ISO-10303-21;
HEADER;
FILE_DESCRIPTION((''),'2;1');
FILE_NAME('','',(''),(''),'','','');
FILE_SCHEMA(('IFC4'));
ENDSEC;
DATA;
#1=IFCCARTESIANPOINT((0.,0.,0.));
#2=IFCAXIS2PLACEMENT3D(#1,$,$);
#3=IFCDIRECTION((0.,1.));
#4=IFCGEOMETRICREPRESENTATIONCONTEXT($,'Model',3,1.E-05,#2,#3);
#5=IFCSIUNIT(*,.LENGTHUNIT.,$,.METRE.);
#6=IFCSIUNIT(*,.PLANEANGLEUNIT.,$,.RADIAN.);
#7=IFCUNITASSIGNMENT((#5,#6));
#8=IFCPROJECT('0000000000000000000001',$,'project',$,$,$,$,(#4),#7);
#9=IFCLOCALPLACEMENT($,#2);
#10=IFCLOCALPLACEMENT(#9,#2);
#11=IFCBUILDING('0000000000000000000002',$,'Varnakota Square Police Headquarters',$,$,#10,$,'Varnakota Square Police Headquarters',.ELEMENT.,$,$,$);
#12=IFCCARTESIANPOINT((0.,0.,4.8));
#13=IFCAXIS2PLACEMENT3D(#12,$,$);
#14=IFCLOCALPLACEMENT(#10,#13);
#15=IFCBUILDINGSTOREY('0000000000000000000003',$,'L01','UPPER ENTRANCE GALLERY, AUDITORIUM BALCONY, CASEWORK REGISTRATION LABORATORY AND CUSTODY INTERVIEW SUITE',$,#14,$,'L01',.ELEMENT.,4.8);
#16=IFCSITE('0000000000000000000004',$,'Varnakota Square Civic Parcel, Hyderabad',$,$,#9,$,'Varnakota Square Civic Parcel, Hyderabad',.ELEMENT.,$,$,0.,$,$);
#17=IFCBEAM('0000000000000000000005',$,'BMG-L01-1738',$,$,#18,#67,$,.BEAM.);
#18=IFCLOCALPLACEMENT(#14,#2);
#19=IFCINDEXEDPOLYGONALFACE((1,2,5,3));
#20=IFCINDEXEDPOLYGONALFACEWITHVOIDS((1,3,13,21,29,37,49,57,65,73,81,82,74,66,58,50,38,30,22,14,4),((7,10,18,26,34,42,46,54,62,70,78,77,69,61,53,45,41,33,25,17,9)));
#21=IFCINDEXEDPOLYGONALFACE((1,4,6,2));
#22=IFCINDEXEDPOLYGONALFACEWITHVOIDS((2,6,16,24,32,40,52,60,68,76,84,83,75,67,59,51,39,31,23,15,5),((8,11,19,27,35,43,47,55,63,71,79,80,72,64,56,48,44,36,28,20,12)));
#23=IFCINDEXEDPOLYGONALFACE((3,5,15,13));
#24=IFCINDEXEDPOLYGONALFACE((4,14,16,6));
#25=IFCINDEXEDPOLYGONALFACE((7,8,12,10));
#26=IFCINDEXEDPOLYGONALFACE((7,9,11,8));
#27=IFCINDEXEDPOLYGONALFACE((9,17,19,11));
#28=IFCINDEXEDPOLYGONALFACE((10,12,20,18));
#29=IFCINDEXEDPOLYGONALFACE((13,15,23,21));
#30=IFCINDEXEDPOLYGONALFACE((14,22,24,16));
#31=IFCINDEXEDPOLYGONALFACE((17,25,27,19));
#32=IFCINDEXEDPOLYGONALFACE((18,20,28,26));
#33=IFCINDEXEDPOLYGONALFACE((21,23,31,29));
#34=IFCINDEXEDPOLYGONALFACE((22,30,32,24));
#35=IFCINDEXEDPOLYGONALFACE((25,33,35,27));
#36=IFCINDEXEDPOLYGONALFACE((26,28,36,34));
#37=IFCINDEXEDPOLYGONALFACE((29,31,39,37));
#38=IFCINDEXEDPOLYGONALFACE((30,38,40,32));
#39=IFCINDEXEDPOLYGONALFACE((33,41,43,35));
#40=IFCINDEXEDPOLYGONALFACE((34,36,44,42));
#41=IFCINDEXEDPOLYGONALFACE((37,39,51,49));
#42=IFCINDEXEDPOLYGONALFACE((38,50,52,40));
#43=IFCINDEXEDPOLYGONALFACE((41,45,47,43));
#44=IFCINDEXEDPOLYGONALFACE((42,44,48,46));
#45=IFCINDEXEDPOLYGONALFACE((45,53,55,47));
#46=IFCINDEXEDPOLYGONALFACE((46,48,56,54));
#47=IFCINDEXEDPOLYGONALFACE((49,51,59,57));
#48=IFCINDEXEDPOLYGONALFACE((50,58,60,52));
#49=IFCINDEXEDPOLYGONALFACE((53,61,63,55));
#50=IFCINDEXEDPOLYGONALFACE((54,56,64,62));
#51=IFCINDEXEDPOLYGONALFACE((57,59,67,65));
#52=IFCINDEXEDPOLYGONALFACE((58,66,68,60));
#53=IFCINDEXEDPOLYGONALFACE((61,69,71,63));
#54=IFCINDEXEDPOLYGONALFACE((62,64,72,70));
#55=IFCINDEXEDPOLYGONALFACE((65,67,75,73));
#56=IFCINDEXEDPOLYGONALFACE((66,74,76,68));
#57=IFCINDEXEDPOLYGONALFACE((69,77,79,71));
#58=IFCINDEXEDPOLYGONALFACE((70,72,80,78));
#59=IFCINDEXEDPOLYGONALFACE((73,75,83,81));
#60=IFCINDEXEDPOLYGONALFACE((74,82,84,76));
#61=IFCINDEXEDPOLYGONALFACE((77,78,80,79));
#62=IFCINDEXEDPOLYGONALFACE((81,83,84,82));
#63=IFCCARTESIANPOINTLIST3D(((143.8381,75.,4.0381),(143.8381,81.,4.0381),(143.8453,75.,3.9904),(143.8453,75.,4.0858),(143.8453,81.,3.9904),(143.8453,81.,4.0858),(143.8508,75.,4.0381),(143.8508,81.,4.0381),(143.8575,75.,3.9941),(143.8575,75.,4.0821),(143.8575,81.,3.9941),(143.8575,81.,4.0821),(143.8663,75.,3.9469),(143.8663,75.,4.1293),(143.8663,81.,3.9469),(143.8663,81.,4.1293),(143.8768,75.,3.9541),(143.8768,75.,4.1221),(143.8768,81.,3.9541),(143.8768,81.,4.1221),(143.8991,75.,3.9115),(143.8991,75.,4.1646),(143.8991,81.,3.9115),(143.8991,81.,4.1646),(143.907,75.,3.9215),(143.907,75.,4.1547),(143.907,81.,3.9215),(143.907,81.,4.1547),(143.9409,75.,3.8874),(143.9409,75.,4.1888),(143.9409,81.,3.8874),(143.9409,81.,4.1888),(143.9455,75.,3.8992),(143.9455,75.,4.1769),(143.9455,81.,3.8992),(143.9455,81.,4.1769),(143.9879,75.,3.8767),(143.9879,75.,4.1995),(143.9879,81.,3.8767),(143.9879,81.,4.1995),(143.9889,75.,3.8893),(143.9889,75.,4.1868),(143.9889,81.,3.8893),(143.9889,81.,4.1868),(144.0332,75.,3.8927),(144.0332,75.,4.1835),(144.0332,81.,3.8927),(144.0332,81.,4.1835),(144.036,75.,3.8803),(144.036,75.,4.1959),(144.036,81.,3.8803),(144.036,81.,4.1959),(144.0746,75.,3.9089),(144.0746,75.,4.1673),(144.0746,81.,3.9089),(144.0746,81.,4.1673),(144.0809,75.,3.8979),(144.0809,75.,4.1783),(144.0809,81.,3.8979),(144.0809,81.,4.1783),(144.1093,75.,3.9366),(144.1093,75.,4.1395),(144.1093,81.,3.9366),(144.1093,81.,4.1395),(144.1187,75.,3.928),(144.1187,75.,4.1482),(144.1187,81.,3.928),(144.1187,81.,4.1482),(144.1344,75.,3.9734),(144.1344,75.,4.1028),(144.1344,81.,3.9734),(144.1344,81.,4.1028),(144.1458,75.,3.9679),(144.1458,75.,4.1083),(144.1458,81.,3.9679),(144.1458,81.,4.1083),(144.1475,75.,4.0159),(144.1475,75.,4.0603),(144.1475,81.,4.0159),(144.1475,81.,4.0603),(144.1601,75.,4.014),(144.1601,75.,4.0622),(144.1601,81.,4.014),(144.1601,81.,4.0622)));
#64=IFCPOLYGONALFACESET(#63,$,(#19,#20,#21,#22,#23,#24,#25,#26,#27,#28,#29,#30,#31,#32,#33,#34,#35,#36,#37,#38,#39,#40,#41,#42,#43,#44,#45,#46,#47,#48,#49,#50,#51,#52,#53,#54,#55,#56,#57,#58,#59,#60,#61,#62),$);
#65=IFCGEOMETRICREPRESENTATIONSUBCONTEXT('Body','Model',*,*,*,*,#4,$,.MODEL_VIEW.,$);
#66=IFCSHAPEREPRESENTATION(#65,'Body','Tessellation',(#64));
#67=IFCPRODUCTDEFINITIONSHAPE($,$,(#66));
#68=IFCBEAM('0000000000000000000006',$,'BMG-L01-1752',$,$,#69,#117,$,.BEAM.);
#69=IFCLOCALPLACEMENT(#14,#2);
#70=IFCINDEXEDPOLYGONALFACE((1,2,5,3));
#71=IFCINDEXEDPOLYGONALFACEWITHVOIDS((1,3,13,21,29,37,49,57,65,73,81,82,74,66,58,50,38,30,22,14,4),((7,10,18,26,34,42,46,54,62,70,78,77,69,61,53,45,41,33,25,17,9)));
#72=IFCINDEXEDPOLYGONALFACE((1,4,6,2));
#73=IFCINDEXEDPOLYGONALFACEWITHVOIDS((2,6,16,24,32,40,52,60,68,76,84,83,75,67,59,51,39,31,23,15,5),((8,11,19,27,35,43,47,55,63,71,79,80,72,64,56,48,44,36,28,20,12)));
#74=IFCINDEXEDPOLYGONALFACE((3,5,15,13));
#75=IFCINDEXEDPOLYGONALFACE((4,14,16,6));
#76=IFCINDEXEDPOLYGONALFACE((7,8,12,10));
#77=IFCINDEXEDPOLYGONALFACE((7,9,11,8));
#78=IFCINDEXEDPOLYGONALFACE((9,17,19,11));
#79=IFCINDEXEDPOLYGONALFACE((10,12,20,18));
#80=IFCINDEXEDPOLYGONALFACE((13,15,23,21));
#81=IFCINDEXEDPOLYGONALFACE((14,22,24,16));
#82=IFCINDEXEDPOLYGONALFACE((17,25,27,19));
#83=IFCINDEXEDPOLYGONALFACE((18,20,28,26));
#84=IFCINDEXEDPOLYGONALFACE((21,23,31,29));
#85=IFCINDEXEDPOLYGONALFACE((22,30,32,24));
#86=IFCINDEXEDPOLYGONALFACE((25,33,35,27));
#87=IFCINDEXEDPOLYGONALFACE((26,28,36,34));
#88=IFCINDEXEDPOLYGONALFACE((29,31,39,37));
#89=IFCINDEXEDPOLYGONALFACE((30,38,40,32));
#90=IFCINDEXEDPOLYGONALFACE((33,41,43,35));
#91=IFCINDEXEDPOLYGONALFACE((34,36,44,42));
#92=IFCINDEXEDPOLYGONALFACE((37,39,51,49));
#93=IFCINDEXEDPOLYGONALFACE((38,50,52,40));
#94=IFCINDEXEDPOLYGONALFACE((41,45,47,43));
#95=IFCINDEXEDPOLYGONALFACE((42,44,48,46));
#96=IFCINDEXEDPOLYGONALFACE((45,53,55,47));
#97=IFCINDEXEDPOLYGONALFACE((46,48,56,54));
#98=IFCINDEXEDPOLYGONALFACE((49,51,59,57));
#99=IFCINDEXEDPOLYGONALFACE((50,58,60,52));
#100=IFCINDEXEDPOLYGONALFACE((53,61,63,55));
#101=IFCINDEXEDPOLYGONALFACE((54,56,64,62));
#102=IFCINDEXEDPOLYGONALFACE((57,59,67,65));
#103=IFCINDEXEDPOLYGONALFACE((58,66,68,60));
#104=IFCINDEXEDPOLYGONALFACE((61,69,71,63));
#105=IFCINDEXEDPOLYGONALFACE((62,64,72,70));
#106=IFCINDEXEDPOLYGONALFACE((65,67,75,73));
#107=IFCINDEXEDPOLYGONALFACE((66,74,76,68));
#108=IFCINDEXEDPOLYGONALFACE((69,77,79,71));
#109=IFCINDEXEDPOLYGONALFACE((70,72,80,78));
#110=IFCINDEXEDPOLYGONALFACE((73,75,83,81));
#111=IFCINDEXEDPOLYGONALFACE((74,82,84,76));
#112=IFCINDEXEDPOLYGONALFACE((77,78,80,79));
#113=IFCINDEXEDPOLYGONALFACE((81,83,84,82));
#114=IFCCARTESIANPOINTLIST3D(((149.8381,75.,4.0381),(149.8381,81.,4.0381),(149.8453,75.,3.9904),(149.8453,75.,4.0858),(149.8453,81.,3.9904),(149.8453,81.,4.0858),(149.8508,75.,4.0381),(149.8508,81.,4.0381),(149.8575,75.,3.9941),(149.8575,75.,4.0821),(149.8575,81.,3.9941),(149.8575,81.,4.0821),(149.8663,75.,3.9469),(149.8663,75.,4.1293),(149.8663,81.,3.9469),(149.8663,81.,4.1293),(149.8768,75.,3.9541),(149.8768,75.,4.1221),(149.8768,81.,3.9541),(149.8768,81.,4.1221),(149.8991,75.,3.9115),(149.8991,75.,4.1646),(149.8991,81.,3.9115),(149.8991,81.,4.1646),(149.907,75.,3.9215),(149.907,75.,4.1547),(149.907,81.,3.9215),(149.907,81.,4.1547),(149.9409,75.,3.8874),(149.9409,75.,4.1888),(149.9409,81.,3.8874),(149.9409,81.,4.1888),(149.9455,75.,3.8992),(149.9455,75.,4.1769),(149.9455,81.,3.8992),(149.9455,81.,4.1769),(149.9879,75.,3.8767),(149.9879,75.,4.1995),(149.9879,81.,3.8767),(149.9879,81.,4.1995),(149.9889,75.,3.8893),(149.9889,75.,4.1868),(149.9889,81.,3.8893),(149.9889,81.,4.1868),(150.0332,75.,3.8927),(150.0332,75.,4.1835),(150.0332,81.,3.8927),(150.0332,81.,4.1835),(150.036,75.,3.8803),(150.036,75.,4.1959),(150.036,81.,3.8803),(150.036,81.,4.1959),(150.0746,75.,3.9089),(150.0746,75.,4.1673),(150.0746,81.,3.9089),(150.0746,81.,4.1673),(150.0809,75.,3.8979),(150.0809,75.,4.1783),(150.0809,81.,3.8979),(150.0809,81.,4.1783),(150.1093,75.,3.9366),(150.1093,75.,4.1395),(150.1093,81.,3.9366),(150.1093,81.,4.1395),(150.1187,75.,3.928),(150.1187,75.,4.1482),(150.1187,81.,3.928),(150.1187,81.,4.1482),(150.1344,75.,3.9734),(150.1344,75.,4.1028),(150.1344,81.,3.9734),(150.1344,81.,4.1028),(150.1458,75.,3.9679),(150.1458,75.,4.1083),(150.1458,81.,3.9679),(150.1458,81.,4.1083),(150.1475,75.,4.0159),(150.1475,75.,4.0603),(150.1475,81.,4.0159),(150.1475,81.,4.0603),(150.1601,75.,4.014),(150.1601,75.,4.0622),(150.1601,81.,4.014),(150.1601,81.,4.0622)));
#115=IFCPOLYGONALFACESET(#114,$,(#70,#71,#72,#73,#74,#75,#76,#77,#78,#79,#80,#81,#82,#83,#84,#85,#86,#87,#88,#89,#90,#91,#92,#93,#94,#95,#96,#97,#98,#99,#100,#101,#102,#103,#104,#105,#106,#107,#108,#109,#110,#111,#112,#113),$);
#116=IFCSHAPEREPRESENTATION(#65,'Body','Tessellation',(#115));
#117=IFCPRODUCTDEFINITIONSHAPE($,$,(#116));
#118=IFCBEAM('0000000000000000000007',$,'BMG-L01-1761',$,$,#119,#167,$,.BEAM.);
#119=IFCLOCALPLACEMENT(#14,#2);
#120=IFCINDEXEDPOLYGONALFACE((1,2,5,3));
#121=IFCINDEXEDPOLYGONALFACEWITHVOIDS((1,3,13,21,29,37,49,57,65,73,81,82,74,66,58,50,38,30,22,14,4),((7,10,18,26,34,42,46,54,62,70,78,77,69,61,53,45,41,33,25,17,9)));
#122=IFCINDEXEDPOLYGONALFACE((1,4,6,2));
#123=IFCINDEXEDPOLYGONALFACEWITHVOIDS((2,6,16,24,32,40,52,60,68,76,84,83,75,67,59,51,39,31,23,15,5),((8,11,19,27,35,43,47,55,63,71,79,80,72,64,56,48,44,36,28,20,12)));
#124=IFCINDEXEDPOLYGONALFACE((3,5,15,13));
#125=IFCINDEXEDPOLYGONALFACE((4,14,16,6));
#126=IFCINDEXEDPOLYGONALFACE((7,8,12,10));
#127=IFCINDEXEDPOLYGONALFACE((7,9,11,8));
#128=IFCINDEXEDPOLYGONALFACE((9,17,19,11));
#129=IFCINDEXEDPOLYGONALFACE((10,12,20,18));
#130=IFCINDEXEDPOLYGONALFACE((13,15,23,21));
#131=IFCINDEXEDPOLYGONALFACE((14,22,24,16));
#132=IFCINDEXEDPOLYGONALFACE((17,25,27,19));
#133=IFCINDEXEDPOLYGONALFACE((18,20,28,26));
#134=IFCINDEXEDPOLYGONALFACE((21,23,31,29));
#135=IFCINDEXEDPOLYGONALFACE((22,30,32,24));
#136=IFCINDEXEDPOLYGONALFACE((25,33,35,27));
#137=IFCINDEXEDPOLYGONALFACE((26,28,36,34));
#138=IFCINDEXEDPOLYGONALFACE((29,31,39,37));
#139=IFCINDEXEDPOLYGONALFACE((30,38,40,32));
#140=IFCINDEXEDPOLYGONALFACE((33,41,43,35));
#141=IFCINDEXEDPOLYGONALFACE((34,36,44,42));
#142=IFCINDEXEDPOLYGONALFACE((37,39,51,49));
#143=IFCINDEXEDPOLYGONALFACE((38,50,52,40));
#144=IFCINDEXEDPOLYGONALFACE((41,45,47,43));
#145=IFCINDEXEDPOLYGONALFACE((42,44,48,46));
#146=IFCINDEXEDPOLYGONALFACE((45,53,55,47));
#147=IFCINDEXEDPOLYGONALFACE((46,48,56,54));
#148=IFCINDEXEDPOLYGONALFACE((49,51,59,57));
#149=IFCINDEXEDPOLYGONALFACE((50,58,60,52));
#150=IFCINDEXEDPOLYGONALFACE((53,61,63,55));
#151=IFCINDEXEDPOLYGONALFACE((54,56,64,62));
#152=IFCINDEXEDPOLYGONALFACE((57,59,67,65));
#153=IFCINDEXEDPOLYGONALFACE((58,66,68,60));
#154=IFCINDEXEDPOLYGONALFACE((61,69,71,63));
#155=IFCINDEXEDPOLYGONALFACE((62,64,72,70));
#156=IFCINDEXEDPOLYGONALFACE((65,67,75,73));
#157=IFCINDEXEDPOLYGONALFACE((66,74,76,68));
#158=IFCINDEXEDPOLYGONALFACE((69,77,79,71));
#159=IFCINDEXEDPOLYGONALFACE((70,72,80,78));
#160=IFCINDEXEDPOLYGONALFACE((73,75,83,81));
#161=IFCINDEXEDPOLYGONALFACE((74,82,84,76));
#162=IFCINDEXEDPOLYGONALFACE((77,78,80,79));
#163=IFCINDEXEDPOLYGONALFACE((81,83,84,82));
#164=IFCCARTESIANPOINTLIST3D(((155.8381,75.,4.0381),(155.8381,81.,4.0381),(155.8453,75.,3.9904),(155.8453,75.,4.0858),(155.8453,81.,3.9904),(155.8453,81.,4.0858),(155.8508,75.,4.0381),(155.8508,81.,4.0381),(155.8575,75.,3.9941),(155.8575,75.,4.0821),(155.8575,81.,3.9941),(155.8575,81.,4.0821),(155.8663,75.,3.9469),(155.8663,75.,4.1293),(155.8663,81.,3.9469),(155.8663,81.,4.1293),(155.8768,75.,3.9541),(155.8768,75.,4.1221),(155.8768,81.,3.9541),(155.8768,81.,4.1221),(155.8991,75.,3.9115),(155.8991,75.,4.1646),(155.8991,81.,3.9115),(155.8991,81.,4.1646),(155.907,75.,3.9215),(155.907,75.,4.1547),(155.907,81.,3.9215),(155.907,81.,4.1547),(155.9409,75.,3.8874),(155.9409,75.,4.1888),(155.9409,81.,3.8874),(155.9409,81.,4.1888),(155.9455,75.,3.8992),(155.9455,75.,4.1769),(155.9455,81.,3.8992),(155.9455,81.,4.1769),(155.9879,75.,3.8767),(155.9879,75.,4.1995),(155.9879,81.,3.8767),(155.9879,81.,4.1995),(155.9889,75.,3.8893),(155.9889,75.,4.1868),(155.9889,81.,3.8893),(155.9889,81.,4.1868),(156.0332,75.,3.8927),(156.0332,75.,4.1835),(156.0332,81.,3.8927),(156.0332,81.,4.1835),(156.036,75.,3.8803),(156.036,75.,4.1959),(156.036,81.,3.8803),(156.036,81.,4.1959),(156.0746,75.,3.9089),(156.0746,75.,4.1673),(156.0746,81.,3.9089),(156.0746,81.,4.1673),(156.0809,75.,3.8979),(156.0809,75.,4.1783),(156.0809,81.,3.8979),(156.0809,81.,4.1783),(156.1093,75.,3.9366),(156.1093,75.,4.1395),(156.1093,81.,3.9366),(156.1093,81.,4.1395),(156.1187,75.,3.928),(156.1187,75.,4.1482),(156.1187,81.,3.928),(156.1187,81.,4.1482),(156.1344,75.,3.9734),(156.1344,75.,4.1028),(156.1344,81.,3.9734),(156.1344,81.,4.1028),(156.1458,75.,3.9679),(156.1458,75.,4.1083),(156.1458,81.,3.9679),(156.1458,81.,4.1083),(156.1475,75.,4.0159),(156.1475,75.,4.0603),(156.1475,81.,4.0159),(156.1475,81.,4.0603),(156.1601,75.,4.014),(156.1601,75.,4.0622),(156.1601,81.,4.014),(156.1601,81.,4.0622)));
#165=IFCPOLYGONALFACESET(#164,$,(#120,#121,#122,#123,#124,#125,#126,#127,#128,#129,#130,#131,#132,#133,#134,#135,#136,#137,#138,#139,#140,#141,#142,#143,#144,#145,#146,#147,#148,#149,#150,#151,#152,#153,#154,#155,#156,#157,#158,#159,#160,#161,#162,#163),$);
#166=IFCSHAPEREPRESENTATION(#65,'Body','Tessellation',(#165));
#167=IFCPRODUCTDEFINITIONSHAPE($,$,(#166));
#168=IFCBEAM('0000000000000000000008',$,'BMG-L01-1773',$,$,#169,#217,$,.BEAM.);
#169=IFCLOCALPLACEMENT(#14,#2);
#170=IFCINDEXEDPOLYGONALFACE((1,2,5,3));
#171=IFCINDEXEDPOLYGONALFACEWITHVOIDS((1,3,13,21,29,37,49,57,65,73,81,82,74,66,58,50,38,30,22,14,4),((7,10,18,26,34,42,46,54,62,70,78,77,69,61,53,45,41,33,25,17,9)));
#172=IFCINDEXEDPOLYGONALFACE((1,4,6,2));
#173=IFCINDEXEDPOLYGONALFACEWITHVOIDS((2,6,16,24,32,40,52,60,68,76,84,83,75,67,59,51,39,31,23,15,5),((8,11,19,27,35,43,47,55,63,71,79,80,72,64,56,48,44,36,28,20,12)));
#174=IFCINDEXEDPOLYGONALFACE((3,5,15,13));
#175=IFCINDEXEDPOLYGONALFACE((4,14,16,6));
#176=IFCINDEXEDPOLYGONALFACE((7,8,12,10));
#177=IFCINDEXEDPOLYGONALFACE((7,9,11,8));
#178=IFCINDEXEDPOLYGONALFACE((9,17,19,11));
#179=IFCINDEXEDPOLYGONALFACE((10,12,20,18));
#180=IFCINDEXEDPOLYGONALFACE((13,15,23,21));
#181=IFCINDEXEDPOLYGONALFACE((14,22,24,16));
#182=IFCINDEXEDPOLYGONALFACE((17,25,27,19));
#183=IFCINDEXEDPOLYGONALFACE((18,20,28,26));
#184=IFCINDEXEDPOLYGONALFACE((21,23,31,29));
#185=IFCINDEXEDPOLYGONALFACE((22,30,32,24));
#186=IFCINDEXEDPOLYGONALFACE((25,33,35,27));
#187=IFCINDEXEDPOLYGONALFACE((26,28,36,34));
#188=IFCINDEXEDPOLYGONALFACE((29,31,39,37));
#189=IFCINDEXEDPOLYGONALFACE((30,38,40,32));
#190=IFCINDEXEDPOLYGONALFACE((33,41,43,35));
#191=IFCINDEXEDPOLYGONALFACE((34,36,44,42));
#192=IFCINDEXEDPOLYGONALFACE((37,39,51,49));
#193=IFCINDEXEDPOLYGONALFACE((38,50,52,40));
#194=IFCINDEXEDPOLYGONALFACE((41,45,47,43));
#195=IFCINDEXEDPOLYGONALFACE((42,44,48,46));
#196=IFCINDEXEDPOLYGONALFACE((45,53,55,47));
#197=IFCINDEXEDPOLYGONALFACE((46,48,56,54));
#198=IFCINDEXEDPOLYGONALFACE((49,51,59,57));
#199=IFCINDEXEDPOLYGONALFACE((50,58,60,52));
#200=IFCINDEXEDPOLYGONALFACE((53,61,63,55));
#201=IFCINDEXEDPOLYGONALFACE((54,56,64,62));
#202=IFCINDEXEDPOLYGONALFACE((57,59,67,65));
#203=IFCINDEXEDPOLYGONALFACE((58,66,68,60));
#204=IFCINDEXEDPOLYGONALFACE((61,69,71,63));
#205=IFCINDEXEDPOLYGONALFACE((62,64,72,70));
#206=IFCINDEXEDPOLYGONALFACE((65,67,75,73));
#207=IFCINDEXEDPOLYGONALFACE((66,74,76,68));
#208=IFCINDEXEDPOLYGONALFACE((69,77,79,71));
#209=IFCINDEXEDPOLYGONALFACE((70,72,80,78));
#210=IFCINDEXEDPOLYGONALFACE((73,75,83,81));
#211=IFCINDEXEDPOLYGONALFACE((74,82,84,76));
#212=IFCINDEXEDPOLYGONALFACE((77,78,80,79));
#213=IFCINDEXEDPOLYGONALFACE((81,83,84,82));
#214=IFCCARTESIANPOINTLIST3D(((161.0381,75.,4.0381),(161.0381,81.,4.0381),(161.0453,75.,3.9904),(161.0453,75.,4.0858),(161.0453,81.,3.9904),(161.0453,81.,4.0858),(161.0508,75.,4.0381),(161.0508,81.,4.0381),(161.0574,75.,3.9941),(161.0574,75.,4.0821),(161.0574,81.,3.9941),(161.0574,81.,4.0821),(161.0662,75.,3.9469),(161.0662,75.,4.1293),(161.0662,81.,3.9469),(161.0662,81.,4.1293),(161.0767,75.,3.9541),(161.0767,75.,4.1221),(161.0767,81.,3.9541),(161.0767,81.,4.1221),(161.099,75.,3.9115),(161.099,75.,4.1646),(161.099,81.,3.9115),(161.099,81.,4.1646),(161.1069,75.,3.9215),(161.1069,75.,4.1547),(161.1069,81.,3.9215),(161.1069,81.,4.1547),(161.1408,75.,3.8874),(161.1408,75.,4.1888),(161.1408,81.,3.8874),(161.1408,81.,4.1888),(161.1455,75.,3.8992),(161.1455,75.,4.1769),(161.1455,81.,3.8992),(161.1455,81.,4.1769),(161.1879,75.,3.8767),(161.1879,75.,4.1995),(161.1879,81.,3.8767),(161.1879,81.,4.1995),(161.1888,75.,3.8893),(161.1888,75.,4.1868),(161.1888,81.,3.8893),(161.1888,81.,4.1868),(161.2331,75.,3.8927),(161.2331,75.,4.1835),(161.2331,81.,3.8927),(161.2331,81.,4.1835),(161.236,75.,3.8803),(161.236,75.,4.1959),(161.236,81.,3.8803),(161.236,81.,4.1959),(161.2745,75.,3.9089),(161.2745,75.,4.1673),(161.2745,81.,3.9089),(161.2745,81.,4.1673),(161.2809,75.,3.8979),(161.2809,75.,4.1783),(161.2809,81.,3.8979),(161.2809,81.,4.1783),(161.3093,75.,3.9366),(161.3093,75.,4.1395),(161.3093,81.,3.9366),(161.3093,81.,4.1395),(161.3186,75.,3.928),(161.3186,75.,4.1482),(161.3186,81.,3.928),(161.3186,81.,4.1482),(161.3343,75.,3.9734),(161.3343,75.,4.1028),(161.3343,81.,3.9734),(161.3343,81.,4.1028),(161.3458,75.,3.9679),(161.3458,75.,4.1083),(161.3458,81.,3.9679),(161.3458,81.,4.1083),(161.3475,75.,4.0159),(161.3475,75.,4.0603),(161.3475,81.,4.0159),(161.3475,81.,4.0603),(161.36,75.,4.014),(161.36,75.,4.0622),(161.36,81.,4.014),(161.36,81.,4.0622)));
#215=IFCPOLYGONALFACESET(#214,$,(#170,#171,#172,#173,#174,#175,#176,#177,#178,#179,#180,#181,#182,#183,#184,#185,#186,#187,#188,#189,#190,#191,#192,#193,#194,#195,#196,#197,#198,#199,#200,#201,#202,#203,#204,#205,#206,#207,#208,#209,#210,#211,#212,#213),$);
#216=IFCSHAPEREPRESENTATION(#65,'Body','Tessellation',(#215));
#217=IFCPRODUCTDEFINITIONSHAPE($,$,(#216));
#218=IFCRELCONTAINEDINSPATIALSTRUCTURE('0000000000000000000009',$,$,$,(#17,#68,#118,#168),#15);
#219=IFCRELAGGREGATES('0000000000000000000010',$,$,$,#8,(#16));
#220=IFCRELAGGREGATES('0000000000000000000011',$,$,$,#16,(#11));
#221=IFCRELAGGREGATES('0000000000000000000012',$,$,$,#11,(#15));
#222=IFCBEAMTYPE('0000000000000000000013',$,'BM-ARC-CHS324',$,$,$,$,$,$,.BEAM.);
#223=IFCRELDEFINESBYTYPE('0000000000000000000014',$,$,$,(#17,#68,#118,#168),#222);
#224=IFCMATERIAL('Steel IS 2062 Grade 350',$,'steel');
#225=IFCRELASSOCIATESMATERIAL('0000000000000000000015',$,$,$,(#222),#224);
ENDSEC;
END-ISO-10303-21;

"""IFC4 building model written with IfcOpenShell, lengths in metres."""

from ifc_helpers import new_model, si_unit, direction, frame, origin, origin_2d, place, context, subcontext, project, spatial, hollow_circle, extrude, material, material_profile, profile_set, type_object, element, save


model = new_model("IFC4")

# Units and contexts
model_context = context("Model", 3, precision=1e-05, world=origin(), true_north=direction((0.0, 1.0)))
body_context = subcontext(model_context, "Body", "Model", "MODEL_VIEW")
ifc_project = project(units=[si_unit("LENGTHUNIT", "METRE"), si_unit("PLANEANGLEUNIT", "RADIAN")], contexts=[model_context])

# Site, building, storey
site_placement = place(None, origin())
site = spatial("IfcSite", under=ifc_project, at=site_placement, Name="Varnakota Square Civic Parcel, Hyderabad", LongName="Varnakota Square Civic Parcel, Hyderabad", CompositionType="ELEMENT", RefElevation=0.0)
building_placement = place(site_placement, origin())
building = spatial("IfcBuilding", under=site, at=building_placement, Name="Varnakota Square Police Headquarters", LongName="Varnakota Square Police Headquarters", CompositionType="ELEMENT")
storey_placement = place(building_placement, frame((0.0, 0.0, 4.8)))
storey = spatial("IfcBuildingStorey", under=building, at=storey_placement, Name="L01", Description="UPPER ENTRANCE GALLERY, AUDITORIUM BALCONY, CASEWORK REGISTRATION LABORATORY AND CUSTODY INTERVIEW SUITE", LongName="L01", CompositionType="ELEMENT", Elevation=4.8)

# Shared definitions
ifc_material_1 = material(Name="Steel IS 2062 Grade 350", Category="steel")

# Beams
ifc_material_profile_1 = material_profile(ifc_material_1, hollow_circle(Radius=0.1619, WallThickness=0.0127, at=origin_2d()), Name="CHS 323.9x12.7")
ifc_profile_set_1 = profile_set([ifc_material_profile_1], Name="Steel IS 2062 Grade 350")
beam_type_1 = type_object("IfcBeamType", Name="BM-ARC-CHS324", PredefinedType="BEAM", material=ifc_profile_set_1)
for number, where, z_axis, x_axis, name in (
    (1, (144.0, 75.0, 4.0381), (0.0, 1.0, 0.0), (-1.0, 0.0, 0.0), "BMG-L01-1738"),
    (2, (150.0, 75.0, 4.0381), (0.0, 1.0, 0.0), (-1.0, 0.0, 0.0), "BMG-L01-1752"),
    (3, (156.0, 75.0, 4.0381), (0.0, 1.0, 0.0), (-1.0, 0.0, 0.0), "BMG-L01-1761"),
    (4, (161.2, 75.0, 4.0381), (0.0, 1.0, 0.0), (-1.0, 0.0, 0.0), "BMG-L01-1773"),
):
    element("IfcBeam", number, at=place(storey_placement, frame(where, z_axis=z_axis, x_axis=x_axis)), inside=storey, type_object=beam_type_1, Name=name, PredefinedType="BEAM", context=body_context, shape_type="SweptSolid", body=[
        extrude(hollow_circle(Radius=0.1619, WallThickness=0.0127, at=origin_2d()), origin(), (0.0, 0.0, 1.0), 6.0),
    ])

save(model, "model.ifc")
